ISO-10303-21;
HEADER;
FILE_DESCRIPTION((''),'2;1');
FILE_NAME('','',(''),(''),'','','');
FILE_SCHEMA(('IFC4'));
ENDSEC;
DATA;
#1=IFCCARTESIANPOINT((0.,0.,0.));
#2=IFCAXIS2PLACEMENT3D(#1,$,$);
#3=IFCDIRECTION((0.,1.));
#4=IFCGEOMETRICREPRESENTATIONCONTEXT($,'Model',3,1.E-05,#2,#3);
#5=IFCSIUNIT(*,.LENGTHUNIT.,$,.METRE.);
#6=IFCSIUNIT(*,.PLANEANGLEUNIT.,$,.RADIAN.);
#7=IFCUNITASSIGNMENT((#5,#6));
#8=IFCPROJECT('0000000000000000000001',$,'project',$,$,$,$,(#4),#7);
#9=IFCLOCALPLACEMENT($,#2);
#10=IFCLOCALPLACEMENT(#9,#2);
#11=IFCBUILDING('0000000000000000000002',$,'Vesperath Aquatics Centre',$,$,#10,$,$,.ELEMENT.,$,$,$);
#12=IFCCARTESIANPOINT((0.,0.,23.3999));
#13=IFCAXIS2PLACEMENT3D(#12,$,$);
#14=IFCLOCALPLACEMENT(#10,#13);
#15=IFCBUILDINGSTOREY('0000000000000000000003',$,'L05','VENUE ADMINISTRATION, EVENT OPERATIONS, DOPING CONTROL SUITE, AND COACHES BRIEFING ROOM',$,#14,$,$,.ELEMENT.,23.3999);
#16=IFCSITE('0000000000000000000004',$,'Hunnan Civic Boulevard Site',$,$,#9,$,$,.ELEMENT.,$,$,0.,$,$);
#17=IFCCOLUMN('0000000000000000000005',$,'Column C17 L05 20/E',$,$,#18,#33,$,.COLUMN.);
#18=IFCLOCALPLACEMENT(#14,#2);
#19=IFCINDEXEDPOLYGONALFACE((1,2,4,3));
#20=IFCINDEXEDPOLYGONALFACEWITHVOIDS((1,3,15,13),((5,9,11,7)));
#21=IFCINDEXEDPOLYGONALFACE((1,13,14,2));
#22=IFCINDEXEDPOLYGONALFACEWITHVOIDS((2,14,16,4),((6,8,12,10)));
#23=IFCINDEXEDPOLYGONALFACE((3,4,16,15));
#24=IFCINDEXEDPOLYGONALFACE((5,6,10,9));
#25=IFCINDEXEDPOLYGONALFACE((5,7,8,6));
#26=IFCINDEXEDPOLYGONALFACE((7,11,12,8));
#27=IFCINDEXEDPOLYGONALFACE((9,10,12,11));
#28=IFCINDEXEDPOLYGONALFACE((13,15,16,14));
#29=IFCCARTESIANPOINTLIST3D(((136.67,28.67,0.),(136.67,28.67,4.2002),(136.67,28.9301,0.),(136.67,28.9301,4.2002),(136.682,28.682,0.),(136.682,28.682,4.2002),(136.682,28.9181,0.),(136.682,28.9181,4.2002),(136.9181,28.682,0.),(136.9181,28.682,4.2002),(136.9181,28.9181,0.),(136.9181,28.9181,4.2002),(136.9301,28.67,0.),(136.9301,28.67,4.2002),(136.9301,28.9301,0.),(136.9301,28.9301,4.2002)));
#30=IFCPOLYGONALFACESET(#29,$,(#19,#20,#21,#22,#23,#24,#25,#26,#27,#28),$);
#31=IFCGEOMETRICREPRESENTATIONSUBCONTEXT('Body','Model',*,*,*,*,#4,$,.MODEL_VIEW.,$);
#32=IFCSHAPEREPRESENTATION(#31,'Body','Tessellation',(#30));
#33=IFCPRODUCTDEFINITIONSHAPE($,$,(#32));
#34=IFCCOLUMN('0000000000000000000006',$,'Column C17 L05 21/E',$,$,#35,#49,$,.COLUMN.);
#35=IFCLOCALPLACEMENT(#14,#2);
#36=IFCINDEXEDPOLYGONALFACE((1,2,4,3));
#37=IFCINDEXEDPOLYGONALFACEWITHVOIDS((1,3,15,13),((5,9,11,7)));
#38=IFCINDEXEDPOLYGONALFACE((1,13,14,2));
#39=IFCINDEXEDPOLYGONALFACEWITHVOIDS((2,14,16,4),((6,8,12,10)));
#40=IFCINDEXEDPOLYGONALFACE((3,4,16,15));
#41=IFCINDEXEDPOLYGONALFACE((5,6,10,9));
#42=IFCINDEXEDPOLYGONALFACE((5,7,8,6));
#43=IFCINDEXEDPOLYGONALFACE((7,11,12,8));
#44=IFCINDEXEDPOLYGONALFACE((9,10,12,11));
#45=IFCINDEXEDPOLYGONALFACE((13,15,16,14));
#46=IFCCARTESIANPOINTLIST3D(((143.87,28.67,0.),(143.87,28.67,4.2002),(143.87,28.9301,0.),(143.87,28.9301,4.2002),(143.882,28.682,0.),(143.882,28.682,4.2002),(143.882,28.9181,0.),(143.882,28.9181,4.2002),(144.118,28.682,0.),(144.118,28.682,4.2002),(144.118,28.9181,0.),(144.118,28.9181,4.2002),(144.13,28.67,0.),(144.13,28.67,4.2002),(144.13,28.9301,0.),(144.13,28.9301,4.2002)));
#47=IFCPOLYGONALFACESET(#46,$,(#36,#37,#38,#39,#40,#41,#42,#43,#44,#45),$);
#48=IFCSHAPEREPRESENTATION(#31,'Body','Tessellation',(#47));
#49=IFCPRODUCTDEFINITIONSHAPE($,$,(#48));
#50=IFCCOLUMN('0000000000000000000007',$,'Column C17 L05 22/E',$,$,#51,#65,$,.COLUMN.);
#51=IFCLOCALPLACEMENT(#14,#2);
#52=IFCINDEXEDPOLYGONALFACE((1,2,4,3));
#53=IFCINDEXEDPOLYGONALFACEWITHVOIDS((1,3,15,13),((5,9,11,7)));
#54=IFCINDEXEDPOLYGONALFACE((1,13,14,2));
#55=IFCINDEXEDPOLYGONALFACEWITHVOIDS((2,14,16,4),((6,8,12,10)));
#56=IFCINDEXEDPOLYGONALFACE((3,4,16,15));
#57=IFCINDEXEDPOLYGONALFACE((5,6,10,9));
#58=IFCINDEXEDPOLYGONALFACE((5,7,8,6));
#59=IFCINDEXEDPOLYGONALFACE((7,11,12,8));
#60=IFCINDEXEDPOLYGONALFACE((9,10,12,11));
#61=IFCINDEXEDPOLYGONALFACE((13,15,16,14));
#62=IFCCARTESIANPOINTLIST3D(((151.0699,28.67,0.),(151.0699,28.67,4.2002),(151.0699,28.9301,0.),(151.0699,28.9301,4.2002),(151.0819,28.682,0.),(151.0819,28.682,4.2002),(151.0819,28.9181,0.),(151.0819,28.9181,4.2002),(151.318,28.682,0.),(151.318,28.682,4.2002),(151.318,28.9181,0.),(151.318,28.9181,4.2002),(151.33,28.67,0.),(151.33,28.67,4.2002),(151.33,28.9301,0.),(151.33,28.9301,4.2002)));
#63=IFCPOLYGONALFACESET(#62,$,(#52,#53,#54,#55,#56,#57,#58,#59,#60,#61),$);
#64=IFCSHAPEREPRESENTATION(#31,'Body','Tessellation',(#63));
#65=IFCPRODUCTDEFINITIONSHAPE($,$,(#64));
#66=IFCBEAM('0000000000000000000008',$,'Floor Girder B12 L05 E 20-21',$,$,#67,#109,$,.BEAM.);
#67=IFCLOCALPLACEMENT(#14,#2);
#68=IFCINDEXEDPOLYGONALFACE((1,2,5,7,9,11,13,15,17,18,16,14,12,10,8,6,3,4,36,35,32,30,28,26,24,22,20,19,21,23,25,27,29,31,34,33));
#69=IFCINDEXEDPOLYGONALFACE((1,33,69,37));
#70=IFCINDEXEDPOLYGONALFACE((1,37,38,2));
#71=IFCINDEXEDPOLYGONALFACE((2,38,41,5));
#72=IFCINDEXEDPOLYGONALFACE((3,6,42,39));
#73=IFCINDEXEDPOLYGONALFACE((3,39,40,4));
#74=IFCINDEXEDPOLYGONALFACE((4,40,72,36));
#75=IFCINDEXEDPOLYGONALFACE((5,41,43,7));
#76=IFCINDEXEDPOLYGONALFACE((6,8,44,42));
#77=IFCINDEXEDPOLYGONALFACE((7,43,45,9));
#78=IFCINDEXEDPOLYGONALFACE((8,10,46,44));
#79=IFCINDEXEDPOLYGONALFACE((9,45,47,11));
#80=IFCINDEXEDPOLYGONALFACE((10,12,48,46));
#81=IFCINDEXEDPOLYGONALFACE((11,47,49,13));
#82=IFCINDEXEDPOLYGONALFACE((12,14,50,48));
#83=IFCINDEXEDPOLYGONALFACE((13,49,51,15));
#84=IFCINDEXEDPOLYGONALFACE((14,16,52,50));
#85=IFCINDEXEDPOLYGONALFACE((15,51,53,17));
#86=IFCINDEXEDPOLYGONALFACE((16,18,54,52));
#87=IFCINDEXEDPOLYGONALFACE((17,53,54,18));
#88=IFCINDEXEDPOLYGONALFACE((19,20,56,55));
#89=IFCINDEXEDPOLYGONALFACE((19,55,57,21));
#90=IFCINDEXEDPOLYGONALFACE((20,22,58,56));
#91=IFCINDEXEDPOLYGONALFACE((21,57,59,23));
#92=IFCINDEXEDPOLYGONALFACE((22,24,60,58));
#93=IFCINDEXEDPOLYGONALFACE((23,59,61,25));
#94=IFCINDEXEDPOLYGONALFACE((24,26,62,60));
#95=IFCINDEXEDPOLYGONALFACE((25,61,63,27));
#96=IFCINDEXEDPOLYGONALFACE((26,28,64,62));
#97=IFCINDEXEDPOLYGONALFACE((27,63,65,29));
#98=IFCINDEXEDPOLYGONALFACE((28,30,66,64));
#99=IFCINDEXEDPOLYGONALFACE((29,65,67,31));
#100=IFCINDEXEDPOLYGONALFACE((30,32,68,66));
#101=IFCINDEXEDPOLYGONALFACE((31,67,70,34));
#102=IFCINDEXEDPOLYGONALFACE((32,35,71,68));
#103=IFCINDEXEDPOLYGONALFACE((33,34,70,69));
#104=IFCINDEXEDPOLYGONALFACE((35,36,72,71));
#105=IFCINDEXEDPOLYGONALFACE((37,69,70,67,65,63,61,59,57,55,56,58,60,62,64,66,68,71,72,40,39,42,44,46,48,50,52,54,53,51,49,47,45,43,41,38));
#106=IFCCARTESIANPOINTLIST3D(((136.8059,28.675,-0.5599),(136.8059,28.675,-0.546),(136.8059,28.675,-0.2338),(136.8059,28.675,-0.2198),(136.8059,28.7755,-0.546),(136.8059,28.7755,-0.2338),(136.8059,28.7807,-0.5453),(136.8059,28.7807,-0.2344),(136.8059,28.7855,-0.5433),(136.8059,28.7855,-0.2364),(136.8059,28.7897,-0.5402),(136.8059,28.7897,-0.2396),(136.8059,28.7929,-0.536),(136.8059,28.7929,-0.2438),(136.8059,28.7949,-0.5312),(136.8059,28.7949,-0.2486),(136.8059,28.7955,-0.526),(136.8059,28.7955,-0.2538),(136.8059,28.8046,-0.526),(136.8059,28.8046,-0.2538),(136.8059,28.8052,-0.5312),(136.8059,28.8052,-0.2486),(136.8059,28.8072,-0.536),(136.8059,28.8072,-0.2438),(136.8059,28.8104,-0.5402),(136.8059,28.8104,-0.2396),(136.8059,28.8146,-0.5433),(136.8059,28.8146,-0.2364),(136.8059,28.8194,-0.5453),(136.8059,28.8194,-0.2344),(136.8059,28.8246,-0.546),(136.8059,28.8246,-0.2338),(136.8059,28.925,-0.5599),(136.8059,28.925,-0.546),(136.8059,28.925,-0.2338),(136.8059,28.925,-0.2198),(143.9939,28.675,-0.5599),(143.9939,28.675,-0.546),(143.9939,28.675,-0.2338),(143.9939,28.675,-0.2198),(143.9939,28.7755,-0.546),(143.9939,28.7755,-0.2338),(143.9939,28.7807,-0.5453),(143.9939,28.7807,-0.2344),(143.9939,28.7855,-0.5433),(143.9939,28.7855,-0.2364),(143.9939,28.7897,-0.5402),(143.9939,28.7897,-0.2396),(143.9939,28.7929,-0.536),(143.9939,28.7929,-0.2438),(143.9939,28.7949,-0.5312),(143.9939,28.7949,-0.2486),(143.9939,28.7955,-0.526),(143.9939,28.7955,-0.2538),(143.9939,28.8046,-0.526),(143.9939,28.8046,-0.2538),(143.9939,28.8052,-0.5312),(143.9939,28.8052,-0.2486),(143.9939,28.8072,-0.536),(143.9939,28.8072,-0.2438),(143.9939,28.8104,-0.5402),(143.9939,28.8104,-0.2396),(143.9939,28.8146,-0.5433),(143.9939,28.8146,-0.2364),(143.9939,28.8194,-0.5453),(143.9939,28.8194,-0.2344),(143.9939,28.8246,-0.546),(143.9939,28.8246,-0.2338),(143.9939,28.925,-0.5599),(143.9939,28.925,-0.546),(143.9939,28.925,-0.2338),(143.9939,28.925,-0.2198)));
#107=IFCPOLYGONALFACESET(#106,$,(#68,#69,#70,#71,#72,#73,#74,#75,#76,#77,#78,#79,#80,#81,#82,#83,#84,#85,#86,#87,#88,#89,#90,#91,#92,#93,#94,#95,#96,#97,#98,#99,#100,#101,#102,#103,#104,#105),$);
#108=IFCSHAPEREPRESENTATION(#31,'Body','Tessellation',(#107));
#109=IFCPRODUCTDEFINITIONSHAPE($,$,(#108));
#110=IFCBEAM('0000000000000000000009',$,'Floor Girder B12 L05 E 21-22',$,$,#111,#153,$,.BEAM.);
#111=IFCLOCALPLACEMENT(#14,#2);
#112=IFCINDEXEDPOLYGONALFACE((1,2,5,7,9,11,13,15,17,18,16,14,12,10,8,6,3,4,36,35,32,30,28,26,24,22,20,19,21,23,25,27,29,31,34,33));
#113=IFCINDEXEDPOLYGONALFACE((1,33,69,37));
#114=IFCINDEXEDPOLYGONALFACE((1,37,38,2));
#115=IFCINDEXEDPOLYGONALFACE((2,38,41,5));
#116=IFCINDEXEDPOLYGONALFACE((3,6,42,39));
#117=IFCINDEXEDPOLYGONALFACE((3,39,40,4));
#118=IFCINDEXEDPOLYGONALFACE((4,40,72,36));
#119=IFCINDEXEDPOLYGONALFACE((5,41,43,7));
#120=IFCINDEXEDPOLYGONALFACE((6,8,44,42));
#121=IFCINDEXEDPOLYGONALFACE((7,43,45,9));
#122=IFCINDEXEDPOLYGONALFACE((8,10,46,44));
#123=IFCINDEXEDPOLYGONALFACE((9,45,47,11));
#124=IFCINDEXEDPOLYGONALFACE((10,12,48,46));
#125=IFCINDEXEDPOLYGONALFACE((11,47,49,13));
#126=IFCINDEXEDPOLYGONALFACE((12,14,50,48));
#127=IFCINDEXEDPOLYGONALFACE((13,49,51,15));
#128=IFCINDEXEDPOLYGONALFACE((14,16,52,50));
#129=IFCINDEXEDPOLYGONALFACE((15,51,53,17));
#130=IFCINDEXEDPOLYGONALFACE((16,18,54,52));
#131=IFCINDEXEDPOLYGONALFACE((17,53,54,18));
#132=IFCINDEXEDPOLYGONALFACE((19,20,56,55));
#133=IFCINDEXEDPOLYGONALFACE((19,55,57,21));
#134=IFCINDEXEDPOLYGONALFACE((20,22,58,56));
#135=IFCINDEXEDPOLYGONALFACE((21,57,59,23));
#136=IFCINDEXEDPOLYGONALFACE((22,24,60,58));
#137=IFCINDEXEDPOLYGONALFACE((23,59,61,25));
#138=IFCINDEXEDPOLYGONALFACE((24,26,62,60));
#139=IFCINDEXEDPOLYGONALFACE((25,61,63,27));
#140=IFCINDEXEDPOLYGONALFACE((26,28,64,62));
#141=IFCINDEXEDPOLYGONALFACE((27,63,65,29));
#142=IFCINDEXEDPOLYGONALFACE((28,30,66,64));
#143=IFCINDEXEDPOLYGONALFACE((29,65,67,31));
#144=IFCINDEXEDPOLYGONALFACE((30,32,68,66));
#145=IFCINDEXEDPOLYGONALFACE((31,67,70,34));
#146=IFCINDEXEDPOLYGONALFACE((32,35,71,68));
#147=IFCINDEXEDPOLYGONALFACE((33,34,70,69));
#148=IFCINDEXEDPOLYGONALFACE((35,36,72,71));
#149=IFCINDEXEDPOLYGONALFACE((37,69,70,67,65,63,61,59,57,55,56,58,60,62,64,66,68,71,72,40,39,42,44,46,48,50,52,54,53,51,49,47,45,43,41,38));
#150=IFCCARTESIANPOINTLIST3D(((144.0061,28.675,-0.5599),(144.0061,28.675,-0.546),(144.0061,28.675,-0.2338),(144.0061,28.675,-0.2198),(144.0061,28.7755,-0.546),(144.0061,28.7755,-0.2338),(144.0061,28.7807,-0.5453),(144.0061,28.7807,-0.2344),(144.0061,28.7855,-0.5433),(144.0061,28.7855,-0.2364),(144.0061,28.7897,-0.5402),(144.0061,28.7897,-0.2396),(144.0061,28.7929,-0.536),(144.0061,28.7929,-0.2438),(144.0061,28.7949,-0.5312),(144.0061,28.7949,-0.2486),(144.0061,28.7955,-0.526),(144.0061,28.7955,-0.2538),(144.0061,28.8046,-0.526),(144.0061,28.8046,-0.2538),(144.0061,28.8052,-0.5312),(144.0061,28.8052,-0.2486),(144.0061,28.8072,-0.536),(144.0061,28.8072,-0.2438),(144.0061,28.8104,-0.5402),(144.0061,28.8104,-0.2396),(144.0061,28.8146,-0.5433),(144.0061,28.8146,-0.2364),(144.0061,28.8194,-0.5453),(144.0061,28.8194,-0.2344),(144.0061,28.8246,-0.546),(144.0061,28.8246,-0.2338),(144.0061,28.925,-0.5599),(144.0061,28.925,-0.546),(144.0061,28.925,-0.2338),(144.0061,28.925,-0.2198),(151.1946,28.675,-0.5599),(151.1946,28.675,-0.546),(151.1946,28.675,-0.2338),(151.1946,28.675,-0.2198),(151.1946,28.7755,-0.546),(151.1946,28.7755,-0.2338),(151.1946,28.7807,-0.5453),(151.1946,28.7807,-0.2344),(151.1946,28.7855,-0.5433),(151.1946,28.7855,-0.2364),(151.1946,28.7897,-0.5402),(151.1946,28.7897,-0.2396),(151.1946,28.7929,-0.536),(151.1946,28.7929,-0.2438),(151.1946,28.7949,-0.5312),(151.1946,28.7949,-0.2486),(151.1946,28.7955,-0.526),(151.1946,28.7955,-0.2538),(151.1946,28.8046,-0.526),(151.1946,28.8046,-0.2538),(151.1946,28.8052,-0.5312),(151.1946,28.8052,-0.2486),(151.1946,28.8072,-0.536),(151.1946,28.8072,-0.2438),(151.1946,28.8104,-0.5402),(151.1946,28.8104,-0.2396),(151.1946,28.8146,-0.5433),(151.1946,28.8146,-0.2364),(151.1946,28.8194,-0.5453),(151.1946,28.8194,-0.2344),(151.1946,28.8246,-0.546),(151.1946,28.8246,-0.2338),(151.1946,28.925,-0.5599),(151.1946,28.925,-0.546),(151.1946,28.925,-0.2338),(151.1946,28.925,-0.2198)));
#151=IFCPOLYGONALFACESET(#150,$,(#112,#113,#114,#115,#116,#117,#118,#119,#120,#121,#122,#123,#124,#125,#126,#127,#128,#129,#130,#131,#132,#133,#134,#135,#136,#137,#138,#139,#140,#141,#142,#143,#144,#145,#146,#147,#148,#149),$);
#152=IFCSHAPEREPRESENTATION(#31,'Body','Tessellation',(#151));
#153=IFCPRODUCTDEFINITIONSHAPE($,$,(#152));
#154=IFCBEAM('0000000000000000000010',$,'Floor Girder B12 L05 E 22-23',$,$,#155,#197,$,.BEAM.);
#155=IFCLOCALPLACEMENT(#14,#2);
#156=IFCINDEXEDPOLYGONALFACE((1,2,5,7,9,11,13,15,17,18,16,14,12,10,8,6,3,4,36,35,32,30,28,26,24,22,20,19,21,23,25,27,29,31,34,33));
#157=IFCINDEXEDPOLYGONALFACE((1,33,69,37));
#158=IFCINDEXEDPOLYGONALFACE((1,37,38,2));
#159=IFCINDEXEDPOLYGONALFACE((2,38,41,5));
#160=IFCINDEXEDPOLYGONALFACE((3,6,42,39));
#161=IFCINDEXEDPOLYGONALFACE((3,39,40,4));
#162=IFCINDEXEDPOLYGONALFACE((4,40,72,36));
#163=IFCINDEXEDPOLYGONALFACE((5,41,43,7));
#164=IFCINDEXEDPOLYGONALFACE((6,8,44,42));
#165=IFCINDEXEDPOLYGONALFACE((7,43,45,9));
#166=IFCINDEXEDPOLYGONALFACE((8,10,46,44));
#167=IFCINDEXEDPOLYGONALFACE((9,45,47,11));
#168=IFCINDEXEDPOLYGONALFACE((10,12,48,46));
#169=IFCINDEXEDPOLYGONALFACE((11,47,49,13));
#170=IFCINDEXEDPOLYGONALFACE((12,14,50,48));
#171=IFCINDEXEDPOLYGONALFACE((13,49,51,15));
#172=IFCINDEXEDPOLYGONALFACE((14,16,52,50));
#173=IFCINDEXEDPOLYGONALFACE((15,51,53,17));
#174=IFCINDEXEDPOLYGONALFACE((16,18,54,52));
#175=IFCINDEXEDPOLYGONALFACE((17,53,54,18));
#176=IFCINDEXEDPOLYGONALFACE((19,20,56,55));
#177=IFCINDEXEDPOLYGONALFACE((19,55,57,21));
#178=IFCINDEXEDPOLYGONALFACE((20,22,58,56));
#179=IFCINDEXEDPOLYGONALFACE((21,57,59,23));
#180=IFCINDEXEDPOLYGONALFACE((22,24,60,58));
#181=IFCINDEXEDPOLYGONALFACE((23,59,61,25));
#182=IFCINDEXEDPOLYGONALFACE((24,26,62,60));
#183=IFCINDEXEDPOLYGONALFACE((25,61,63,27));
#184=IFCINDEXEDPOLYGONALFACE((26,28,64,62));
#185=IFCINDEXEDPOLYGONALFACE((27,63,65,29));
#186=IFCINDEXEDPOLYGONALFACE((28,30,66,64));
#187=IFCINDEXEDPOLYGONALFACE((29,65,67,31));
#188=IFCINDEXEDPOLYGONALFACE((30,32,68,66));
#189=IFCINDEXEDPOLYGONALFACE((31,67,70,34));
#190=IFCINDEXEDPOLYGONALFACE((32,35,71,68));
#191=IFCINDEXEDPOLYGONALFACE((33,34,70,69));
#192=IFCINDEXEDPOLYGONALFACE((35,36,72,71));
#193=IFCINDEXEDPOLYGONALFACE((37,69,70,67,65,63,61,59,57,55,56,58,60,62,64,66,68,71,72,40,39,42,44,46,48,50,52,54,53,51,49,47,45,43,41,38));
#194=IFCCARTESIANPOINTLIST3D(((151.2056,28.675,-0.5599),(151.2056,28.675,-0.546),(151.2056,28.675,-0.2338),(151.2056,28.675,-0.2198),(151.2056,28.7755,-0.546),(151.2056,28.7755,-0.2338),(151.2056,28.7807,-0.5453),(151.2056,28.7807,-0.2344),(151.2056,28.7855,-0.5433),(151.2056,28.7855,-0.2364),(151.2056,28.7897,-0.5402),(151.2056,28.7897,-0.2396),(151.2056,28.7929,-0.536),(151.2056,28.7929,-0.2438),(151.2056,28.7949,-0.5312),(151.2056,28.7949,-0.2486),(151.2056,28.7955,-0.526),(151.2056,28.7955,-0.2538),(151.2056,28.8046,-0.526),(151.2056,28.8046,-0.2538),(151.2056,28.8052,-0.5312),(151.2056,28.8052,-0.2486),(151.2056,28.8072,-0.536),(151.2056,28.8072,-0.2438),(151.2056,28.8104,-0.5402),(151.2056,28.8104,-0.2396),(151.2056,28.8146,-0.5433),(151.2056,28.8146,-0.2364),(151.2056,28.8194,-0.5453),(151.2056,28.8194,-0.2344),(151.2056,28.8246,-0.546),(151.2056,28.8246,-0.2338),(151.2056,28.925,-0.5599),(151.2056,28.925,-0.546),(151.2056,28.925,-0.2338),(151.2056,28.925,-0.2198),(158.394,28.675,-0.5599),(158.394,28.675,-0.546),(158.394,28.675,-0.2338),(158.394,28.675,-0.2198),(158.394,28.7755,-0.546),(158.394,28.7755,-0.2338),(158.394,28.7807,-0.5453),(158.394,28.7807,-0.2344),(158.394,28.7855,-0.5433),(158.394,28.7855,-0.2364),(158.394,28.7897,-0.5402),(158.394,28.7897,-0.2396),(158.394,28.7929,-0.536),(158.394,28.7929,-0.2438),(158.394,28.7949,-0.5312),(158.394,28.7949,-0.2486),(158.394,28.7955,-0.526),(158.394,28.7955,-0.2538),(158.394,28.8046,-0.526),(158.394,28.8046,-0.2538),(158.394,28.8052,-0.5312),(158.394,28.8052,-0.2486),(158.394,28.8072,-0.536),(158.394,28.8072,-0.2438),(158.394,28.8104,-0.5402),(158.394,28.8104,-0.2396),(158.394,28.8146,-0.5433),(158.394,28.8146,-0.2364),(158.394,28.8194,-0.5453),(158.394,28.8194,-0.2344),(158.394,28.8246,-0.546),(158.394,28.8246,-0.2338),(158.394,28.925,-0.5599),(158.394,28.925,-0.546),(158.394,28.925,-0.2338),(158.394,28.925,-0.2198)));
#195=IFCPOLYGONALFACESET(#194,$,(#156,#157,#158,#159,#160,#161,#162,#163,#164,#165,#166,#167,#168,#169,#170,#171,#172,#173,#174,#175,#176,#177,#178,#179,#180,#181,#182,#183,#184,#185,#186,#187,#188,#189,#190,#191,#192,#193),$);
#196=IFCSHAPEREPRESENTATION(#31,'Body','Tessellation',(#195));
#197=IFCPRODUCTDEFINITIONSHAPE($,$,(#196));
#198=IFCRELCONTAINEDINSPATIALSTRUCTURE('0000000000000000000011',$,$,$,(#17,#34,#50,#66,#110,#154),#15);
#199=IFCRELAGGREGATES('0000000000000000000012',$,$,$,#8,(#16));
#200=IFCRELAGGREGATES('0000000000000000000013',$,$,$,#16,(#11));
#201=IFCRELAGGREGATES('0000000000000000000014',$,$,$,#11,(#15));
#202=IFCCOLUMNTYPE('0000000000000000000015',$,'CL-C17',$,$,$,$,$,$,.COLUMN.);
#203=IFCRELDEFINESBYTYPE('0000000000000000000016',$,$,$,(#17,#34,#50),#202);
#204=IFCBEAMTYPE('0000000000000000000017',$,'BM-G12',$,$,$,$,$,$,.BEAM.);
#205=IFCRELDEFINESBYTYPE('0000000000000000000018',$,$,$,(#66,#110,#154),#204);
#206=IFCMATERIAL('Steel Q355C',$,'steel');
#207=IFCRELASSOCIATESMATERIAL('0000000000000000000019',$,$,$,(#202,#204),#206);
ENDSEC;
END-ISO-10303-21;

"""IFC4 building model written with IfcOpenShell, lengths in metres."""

from ifc_helpers import new_model, si_unit, direction, frame, origin, origin_2d, place, context, subcontext, project, spatial, hollow_rectangle, i_section, extrude, material, material_profile, profile_set, type_object, element, save


model = new_model("IFC4")

# Units and contexts
model_context = context("Model", 3, precision=1e-05, world=origin(), true_north=direction((0.0, 1.0)))
body_context = subcontext(model_context, "Body", "Model", "MODEL_VIEW")
ifc_project = project(units=[si_unit("LENGTHUNIT", "METRE"), si_unit("PLANEANGLEUNIT", "RADIAN")], contexts=[model_context])

# Site, building, storey
site_placement = place(None, origin())
site = spatial("IfcSite", under=ifc_project, at=site_placement, Name="Hunnan Civic Boulevard Site", CompositionType="ELEMENT", RefElevation=0.0)
building_placement = place(site_placement, origin())
building = spatial("IfcBuilding", under=site, at=building_placement, Name="Vesperath Aquatics Centre", CompositionType="ELEMENT")
storey_placement = place(building_placement, frame((0.0, 0.0, 23.3999)))
storey = spatial("IfcBuildingStorey", under=building, at=storey_placement, Name="L05", Description="VENUE ADMINISTRATION, EVENT OPERATIONS, DOPING CONTROL SUITE, AND COACHES BRIEFING ROOM", CompositionType="ELEMENT", Elevation=23.3999)

# Columns
ifc_material_1 = material(Name="Steel Q355C", Category="steel")
ifc_material_profile_1 = material_profile(ifc_material_1, hollow_rectangle(XDim=0.26, YDim=0.26, WallThickness=0.012, at=origin_2d()), Name="SHS 260x260x12")
ifc_profile_set_1 = profile_set([ifc_material_profile_1], Name="Steel Q355C")
column_type = type_object("IfcColumnType", Name="CL-C17", PredefinedType="COLUMN", material=ifc_profile_set_1)
for number, where, z_axis, x_axis, name in (
    (1, (136.8, 28.8, 0.0), (0.0, 0.0, 1.0), (1.0, 0.0, 0.0), "Column C17 L05 20/E"),
    (2, (144.0, 28.8, 0.0), (0.0, 0.0, 1.0), (1.0, 0.0, 0.0), "Column C17 L05 21/E"),
    (3, (151.2, 28.8, 0.0), (0.0, 0.0, 1.0), (1.0, 0.0, 0.0), "Column C17 L05 22/E"),
):
    element("IfcColumn", number, at=place(storey_placement, frame(where, z_axis=z_axis, x_axis=x_axis)), inside=storey, type_object=column_type, Name=name, PredefinedType="COLUMN", context=body_context, shape_type="SweptSolid", body=[
        extrude(hollow_rectangle(XDim=0.26, YDim=0.26, WallThickness=0.012, at=origin_2d()), origin(), (0.0, 0.0, 1.0), 4.2002),
    ])

# Beams
ifc_material_profile_2 = material_profile(ifc_material_1, i_section(OverallWidth=0.25, OverallDepth=0.3401, WebThickness=0.009, FlangeThickness=0.0139, FilletRadius=0.02, at=origin_2d()), Name="HM 340x250x9x14")
ifc_profile_set_2 = profile_set([ifc_material_profile_2], Name="Steel Q355C")
beam_type_1 = type_object("IfcBeamType", Name="BM-G12", PredefinedType="BEAM", material=ifc_profile_set_2)
beam_1_placement = place(storey_placement, frame((136.8059, 28.8, -0.3899), z_axis=(1.0, 0.0, 0.0), x_axis=(0.0, 1.0, 0.0)))
element("IfcBeam", 4, at=beam_1_placement, inside=storey, type_object=beam_type_1, Name="Floor Girder B12 L05 E 20-21", PredefinedType="BEAM", context=body_context, shape_type="SweptSolid", body=[
    extrude(i_section(OverallWidth=0.25, OverallDepth=0.3401, WebThickness=0.009, FlangeThickness=0.0139, FilletRadius=0.02, at=origin_2d()), origin(), (0.0, 0.0, 1.0), 7.188),
])
for number, where, z_axis, x_axis, name in (
    (5, (144.0061, 28.8, -0.3899), (1.0, 0.0, 0.0), (0.0, 1.0, 0.0), "Floor Girder B12 L05 E 21-22"),
    (6, (151.2056, 28.8, -0.3899), (1.0, 0.0, 0.0), (0.0, 1.0, 0.0), "Floor Girder B12 L05 E 22-23"),
):
    element("IfcBeam", number, at=place(storey_placement, frame(where, z_axis=z_axis, x_axis=x_axis)), inside=storey, type_object=beam_type_1, Name=name, PredefinedType="BEAM", context=body_context, shape_type="SweptSolid", body=[
        extrude(i_section(OverallWidth=0.25, OverallDepth=0.3401, WebThickness=0.009, FlangeThickness=0.0139, FilletRadius=0.02, at=origin_2d()), origin(), (0.0, 0.0, 1.0), 7.1885),
    ])

save(model, "model.ifc")
